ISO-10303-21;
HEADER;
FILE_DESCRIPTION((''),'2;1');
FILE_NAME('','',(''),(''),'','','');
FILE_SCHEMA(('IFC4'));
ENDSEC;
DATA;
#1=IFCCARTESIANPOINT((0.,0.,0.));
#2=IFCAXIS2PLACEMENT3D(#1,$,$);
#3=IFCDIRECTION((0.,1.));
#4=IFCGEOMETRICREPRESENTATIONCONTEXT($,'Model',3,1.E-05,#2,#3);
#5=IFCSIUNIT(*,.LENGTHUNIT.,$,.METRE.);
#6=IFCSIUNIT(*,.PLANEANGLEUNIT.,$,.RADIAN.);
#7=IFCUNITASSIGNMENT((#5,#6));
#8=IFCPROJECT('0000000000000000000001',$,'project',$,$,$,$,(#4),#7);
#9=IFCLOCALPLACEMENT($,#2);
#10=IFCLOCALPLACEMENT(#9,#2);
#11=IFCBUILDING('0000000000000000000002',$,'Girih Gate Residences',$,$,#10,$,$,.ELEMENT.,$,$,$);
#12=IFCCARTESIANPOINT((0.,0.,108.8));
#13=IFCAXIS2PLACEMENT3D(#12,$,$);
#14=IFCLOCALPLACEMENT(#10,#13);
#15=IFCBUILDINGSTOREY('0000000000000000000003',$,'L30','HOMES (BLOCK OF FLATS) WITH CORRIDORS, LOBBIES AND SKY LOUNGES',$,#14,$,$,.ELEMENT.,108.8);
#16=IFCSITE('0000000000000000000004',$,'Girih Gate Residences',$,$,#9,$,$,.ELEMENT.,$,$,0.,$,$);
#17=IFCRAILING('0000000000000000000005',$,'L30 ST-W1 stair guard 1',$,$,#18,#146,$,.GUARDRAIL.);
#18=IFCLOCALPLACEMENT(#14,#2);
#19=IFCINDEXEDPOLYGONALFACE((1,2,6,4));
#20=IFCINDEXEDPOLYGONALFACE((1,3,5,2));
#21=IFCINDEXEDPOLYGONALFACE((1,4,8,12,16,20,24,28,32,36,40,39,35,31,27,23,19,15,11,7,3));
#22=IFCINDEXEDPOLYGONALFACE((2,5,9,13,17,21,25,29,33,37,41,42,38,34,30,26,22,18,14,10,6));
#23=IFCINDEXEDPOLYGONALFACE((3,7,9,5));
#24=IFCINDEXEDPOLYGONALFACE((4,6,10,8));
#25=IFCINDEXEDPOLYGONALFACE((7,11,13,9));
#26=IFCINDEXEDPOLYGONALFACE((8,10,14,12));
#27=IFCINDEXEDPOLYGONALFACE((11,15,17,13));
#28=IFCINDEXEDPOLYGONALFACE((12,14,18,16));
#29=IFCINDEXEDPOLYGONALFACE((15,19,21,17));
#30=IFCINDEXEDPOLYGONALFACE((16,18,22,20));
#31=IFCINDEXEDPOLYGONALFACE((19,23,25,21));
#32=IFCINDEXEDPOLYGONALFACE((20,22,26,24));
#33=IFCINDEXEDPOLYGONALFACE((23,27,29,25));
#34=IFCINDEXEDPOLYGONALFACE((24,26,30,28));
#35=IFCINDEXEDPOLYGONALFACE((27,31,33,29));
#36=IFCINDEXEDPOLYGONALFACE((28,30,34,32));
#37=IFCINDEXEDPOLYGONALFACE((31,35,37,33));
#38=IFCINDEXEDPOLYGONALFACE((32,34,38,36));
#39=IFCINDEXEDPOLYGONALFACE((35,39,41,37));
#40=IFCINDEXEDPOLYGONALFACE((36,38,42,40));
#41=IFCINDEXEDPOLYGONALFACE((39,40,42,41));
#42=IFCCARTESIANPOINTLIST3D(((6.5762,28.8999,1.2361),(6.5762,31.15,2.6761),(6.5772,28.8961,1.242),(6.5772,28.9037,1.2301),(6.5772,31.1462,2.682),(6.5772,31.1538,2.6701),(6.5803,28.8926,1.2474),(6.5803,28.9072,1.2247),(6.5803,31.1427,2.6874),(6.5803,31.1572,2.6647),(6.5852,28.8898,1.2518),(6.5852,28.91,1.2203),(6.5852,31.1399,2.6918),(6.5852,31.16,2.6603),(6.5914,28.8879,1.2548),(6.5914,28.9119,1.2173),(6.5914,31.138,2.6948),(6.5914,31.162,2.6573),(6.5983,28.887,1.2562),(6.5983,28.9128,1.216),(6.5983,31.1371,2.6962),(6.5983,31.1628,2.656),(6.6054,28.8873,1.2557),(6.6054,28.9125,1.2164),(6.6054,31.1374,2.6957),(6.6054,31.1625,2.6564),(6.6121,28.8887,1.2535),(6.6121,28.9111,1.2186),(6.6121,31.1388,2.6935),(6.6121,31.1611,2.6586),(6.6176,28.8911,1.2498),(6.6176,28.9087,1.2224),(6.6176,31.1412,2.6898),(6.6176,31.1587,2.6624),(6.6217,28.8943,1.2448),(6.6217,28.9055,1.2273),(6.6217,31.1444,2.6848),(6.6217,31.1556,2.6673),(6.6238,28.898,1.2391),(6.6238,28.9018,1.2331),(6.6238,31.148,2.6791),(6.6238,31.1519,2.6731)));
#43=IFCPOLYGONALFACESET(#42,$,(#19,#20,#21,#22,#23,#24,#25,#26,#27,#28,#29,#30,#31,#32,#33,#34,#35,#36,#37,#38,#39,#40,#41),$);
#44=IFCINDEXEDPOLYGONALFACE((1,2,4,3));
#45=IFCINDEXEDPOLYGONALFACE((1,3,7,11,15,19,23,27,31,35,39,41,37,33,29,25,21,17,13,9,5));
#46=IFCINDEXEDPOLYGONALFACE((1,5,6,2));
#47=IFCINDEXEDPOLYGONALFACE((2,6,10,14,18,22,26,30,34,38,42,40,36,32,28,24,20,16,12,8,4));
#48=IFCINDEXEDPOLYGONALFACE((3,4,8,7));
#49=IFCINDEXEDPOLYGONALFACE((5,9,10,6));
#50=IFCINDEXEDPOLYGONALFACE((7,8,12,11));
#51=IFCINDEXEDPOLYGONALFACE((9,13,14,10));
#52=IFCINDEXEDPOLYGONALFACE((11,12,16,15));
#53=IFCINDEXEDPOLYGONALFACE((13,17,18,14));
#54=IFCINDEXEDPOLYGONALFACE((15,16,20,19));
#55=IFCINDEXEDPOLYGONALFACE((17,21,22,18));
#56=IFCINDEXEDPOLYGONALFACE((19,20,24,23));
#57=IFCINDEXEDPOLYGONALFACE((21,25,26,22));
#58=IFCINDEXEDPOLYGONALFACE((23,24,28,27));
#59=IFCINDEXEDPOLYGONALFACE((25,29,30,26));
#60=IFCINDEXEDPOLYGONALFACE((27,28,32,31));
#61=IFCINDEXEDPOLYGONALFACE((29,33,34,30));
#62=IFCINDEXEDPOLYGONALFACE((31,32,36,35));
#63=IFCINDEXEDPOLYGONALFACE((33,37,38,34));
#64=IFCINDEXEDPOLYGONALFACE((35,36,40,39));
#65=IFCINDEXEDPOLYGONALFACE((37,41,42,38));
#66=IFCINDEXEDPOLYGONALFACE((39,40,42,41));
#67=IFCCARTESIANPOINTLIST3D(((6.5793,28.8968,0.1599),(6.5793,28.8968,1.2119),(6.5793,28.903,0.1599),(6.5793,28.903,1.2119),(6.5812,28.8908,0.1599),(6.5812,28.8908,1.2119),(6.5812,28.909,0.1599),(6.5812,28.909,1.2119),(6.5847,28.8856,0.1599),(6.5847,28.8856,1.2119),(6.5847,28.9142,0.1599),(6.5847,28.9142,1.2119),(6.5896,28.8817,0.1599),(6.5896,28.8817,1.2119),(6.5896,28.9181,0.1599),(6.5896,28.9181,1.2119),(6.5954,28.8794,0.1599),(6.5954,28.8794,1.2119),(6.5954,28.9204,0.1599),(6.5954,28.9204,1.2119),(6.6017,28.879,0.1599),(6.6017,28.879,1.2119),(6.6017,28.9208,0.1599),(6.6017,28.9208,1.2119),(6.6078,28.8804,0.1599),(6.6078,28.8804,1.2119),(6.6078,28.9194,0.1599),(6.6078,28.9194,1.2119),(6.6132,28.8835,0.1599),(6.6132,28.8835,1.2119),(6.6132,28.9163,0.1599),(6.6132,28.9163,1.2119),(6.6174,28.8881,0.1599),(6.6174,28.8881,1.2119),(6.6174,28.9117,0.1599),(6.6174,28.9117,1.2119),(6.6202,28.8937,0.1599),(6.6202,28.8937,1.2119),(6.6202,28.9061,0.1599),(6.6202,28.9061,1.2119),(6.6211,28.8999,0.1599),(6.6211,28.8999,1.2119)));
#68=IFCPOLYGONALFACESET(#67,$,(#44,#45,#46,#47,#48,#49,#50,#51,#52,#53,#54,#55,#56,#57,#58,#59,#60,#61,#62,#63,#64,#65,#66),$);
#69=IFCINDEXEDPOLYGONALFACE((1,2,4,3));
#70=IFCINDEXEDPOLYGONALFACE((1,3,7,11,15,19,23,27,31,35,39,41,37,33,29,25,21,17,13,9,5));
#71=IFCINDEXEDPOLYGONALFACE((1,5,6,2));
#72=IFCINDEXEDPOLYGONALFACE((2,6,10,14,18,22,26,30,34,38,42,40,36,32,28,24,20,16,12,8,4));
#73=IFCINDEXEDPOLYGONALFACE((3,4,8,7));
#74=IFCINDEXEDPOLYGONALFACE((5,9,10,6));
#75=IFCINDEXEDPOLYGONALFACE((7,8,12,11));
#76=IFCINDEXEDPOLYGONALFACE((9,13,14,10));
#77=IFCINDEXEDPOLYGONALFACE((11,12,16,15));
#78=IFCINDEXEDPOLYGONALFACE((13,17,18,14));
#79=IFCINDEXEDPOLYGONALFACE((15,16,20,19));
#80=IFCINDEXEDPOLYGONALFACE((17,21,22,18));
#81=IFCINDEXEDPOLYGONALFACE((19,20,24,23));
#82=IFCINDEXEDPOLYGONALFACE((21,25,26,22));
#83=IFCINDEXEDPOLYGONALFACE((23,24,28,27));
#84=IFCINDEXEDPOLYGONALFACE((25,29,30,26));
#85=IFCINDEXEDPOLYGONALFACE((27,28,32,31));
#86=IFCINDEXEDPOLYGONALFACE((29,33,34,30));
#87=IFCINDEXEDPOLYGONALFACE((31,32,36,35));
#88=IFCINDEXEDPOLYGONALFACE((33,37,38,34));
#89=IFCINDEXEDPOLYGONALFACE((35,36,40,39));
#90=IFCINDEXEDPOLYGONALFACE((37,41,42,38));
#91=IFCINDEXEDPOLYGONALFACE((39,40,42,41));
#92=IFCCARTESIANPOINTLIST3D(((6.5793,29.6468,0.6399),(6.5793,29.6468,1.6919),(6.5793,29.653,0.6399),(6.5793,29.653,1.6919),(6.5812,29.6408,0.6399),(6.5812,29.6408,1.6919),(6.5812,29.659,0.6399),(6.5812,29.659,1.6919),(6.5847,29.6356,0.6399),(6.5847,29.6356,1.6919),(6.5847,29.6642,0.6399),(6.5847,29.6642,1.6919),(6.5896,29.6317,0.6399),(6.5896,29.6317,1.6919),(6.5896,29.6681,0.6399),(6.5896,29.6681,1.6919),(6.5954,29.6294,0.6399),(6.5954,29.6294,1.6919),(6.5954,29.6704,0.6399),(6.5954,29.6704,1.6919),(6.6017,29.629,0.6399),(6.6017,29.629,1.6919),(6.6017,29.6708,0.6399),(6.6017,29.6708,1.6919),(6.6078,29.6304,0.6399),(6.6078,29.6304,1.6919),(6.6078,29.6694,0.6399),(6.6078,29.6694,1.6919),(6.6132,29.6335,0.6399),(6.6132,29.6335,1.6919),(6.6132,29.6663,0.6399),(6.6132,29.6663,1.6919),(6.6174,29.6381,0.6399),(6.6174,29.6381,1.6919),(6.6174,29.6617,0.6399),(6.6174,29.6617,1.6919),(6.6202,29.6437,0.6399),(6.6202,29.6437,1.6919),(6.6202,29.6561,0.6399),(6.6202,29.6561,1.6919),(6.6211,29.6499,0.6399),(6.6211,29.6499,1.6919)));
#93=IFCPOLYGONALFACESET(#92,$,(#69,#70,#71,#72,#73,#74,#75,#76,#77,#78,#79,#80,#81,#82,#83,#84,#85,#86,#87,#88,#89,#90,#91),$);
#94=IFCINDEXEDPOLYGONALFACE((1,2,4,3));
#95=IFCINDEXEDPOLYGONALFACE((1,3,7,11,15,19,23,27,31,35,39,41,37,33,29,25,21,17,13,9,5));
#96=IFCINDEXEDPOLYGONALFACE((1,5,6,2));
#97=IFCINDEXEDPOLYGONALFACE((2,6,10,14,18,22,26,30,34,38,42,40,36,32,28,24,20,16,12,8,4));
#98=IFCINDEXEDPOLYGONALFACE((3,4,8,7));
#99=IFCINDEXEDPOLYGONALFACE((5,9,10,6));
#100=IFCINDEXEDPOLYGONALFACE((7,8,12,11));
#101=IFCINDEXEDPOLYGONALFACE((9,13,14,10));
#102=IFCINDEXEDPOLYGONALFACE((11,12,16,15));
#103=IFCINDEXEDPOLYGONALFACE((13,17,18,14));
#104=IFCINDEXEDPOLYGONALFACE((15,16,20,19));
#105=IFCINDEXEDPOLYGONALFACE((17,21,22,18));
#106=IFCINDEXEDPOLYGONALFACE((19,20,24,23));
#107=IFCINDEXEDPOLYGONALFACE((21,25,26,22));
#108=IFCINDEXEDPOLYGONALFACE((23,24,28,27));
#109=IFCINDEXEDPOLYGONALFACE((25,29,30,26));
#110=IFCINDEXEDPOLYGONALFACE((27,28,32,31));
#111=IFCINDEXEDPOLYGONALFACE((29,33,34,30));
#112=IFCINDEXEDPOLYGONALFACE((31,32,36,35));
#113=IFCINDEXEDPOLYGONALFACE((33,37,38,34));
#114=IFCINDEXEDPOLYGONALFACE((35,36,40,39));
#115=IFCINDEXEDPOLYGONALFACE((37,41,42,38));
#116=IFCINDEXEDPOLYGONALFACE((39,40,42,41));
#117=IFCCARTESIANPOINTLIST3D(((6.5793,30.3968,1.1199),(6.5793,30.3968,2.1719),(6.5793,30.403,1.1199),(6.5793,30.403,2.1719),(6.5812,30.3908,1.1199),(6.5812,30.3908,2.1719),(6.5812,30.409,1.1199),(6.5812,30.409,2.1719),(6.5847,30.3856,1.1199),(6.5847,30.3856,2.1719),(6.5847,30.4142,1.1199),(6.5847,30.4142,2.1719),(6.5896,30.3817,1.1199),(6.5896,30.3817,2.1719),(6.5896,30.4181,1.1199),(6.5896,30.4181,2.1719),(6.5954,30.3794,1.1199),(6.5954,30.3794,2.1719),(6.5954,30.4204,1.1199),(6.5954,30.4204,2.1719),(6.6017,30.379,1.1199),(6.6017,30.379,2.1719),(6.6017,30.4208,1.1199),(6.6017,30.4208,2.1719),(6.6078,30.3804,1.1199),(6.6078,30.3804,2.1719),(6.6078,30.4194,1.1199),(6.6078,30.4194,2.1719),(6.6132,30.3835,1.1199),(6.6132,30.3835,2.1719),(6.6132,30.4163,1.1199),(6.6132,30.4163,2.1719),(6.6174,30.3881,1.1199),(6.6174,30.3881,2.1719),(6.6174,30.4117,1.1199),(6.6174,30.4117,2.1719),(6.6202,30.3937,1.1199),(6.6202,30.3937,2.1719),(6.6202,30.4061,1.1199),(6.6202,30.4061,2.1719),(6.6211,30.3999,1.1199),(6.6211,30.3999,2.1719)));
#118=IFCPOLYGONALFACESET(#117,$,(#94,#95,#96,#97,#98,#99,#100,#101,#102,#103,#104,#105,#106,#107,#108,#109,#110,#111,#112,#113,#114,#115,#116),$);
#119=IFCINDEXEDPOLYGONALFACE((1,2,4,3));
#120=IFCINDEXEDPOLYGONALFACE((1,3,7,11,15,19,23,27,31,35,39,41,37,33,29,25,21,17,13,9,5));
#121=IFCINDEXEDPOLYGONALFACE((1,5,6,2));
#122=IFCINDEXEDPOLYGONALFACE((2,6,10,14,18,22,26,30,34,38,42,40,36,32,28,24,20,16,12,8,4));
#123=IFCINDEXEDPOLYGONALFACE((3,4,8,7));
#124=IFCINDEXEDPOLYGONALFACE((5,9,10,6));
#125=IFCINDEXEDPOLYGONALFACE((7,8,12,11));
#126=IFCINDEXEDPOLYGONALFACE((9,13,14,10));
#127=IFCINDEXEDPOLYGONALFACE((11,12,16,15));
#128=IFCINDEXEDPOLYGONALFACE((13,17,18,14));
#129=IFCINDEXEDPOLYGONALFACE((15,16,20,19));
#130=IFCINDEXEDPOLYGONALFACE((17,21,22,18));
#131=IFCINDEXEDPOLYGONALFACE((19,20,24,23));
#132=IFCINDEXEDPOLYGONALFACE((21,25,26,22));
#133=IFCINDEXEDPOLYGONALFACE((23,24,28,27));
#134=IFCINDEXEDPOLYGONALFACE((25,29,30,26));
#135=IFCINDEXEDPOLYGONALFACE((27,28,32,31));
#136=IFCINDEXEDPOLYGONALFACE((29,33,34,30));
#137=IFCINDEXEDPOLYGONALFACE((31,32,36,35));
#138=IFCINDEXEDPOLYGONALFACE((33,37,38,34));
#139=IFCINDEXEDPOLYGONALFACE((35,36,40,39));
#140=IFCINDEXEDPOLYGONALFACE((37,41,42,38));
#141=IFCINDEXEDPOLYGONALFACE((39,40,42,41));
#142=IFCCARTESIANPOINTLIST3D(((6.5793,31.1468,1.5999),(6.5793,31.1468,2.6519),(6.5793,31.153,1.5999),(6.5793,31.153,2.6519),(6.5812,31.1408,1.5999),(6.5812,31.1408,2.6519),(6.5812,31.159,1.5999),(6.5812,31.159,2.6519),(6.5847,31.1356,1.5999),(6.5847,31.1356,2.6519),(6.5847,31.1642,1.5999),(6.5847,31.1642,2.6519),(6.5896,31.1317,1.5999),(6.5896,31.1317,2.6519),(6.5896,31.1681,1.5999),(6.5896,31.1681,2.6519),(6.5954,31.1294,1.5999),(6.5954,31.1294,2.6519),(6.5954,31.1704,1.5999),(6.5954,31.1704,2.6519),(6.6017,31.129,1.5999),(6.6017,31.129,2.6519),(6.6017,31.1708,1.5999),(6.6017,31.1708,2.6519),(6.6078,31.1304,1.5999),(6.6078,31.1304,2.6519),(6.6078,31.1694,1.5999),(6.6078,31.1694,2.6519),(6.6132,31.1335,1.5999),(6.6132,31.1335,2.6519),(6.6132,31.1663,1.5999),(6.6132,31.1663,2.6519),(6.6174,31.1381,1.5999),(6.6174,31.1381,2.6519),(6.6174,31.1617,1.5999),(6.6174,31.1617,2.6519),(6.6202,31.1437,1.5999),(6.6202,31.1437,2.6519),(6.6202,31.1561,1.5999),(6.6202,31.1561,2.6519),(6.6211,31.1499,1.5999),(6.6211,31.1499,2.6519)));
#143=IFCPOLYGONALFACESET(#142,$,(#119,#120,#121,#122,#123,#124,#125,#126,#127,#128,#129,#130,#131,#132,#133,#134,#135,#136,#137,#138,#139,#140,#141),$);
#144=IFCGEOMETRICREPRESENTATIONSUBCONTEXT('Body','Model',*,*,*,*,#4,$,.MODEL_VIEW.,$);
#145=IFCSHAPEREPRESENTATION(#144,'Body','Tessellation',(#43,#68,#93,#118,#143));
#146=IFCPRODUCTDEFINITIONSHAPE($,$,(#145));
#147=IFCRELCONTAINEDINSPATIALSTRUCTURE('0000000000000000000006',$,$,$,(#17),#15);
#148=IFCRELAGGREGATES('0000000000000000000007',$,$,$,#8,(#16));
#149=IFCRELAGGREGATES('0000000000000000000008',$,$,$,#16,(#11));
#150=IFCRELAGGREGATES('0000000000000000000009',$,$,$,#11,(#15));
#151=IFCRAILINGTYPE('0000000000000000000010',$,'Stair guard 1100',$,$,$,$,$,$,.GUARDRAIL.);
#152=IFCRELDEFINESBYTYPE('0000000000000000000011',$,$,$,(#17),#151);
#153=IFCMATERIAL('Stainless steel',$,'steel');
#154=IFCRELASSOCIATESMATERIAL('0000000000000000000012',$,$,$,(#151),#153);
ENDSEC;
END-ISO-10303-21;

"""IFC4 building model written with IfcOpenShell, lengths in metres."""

from ifc_helpers import new_model, si_unit, direction, frame, origin, origin_2d, place, context, subcontext, project, spatial, circle, extrude, material, type_object, element, save


model = new_model("IFC4")

# Units and contexts
model_context = context("Model", 3, precision=1e-05, world=origin(), true_north=direction((0.0, 1.0)))
body_context = subcontext(model_context, "Body", "Model", "MODEL_VIEW")
ifc_project = project(units=[si_unit("LENGTHUNIT", "METRE"), si_unit("PLANEANGLEUNIT", "RADIAN")], contexts=[model_context])

# Site, building, storey
site_placement = place(None, origin())
site = spatial("IfcSite", under=ifc_project, at=site_placement, Name="Girih Gate Residences", CompositionType="ELEMENT", RefElevation=0.0)
building_placement = place(site_placement, origin())
building = spatial("IfcBuilding", under=site, at=building_placement, Name="Girih Gate Residences", CompositionType="ELEMENT")
storey_placement = place(building_placement, frame((0.0, 0.0, 108.8)))
storey = spatial("IfcBuildingStorey", under=building, at=storey_placement, Name="L30", Description="HOMES (BLOCK OF FLATS) WITH CORRIDORS, LOBBIES AND SKY LOUNGES", CompositionType="ELEMENT", Elevation=108.8)

# Railing
ifc_material_1 = material(Name="Stainless steel", Category="steel")
railing_type_1 = type_object("IfcRailingType", Name="Stair guard 1100", PredefinedType="GUARDRAIL", material=ifc_material_1)
railing_1_placement = place(storey_placement, frame((6.6001, 28.8999, 0.1599)))
element("IfcRailing", 1, at=railing_1_placement, inside=storey, type_object=railing_type_1, Name="L30 ST-W1 stair guard 1", PredefinedType="GUARDRAIL", context=body_context, shape_type="SweptSolid", body=[
    extrude(circle(Radius=0.0239, at=origin_2d()), frame((0.0, 0.0, 1.0762), z_axis=(0.0, 0.842281, 0.539038), x_axis=(-1.0, 0.0, 0.0)), (0.0, 0.0, 1.0), 2.6714),
    extrude(circle(Radius=0.021, at=origin_2d()), origin(), (0.0, 0.0, 1.0), 1.052),
    extrude(circle(Radius=0.021, at=origin_2d()), frame((0.0, 0.75, 0.48)), (0.0, 0.0, 1.0), 1.052),
    extrude(circle(Radius=0.021, at=origin_2d()), frame((0.0, 1.5, 0.96)), (0.0, 0.0, 1.0), 1.052),
    extrude(circle(Radius=0.021, at=origin_2d()), frame((0.0, 2.25, 1.4399)), (0.0, 0.0, 1.0), 1.052),
])

save(model, "model.ifc")
